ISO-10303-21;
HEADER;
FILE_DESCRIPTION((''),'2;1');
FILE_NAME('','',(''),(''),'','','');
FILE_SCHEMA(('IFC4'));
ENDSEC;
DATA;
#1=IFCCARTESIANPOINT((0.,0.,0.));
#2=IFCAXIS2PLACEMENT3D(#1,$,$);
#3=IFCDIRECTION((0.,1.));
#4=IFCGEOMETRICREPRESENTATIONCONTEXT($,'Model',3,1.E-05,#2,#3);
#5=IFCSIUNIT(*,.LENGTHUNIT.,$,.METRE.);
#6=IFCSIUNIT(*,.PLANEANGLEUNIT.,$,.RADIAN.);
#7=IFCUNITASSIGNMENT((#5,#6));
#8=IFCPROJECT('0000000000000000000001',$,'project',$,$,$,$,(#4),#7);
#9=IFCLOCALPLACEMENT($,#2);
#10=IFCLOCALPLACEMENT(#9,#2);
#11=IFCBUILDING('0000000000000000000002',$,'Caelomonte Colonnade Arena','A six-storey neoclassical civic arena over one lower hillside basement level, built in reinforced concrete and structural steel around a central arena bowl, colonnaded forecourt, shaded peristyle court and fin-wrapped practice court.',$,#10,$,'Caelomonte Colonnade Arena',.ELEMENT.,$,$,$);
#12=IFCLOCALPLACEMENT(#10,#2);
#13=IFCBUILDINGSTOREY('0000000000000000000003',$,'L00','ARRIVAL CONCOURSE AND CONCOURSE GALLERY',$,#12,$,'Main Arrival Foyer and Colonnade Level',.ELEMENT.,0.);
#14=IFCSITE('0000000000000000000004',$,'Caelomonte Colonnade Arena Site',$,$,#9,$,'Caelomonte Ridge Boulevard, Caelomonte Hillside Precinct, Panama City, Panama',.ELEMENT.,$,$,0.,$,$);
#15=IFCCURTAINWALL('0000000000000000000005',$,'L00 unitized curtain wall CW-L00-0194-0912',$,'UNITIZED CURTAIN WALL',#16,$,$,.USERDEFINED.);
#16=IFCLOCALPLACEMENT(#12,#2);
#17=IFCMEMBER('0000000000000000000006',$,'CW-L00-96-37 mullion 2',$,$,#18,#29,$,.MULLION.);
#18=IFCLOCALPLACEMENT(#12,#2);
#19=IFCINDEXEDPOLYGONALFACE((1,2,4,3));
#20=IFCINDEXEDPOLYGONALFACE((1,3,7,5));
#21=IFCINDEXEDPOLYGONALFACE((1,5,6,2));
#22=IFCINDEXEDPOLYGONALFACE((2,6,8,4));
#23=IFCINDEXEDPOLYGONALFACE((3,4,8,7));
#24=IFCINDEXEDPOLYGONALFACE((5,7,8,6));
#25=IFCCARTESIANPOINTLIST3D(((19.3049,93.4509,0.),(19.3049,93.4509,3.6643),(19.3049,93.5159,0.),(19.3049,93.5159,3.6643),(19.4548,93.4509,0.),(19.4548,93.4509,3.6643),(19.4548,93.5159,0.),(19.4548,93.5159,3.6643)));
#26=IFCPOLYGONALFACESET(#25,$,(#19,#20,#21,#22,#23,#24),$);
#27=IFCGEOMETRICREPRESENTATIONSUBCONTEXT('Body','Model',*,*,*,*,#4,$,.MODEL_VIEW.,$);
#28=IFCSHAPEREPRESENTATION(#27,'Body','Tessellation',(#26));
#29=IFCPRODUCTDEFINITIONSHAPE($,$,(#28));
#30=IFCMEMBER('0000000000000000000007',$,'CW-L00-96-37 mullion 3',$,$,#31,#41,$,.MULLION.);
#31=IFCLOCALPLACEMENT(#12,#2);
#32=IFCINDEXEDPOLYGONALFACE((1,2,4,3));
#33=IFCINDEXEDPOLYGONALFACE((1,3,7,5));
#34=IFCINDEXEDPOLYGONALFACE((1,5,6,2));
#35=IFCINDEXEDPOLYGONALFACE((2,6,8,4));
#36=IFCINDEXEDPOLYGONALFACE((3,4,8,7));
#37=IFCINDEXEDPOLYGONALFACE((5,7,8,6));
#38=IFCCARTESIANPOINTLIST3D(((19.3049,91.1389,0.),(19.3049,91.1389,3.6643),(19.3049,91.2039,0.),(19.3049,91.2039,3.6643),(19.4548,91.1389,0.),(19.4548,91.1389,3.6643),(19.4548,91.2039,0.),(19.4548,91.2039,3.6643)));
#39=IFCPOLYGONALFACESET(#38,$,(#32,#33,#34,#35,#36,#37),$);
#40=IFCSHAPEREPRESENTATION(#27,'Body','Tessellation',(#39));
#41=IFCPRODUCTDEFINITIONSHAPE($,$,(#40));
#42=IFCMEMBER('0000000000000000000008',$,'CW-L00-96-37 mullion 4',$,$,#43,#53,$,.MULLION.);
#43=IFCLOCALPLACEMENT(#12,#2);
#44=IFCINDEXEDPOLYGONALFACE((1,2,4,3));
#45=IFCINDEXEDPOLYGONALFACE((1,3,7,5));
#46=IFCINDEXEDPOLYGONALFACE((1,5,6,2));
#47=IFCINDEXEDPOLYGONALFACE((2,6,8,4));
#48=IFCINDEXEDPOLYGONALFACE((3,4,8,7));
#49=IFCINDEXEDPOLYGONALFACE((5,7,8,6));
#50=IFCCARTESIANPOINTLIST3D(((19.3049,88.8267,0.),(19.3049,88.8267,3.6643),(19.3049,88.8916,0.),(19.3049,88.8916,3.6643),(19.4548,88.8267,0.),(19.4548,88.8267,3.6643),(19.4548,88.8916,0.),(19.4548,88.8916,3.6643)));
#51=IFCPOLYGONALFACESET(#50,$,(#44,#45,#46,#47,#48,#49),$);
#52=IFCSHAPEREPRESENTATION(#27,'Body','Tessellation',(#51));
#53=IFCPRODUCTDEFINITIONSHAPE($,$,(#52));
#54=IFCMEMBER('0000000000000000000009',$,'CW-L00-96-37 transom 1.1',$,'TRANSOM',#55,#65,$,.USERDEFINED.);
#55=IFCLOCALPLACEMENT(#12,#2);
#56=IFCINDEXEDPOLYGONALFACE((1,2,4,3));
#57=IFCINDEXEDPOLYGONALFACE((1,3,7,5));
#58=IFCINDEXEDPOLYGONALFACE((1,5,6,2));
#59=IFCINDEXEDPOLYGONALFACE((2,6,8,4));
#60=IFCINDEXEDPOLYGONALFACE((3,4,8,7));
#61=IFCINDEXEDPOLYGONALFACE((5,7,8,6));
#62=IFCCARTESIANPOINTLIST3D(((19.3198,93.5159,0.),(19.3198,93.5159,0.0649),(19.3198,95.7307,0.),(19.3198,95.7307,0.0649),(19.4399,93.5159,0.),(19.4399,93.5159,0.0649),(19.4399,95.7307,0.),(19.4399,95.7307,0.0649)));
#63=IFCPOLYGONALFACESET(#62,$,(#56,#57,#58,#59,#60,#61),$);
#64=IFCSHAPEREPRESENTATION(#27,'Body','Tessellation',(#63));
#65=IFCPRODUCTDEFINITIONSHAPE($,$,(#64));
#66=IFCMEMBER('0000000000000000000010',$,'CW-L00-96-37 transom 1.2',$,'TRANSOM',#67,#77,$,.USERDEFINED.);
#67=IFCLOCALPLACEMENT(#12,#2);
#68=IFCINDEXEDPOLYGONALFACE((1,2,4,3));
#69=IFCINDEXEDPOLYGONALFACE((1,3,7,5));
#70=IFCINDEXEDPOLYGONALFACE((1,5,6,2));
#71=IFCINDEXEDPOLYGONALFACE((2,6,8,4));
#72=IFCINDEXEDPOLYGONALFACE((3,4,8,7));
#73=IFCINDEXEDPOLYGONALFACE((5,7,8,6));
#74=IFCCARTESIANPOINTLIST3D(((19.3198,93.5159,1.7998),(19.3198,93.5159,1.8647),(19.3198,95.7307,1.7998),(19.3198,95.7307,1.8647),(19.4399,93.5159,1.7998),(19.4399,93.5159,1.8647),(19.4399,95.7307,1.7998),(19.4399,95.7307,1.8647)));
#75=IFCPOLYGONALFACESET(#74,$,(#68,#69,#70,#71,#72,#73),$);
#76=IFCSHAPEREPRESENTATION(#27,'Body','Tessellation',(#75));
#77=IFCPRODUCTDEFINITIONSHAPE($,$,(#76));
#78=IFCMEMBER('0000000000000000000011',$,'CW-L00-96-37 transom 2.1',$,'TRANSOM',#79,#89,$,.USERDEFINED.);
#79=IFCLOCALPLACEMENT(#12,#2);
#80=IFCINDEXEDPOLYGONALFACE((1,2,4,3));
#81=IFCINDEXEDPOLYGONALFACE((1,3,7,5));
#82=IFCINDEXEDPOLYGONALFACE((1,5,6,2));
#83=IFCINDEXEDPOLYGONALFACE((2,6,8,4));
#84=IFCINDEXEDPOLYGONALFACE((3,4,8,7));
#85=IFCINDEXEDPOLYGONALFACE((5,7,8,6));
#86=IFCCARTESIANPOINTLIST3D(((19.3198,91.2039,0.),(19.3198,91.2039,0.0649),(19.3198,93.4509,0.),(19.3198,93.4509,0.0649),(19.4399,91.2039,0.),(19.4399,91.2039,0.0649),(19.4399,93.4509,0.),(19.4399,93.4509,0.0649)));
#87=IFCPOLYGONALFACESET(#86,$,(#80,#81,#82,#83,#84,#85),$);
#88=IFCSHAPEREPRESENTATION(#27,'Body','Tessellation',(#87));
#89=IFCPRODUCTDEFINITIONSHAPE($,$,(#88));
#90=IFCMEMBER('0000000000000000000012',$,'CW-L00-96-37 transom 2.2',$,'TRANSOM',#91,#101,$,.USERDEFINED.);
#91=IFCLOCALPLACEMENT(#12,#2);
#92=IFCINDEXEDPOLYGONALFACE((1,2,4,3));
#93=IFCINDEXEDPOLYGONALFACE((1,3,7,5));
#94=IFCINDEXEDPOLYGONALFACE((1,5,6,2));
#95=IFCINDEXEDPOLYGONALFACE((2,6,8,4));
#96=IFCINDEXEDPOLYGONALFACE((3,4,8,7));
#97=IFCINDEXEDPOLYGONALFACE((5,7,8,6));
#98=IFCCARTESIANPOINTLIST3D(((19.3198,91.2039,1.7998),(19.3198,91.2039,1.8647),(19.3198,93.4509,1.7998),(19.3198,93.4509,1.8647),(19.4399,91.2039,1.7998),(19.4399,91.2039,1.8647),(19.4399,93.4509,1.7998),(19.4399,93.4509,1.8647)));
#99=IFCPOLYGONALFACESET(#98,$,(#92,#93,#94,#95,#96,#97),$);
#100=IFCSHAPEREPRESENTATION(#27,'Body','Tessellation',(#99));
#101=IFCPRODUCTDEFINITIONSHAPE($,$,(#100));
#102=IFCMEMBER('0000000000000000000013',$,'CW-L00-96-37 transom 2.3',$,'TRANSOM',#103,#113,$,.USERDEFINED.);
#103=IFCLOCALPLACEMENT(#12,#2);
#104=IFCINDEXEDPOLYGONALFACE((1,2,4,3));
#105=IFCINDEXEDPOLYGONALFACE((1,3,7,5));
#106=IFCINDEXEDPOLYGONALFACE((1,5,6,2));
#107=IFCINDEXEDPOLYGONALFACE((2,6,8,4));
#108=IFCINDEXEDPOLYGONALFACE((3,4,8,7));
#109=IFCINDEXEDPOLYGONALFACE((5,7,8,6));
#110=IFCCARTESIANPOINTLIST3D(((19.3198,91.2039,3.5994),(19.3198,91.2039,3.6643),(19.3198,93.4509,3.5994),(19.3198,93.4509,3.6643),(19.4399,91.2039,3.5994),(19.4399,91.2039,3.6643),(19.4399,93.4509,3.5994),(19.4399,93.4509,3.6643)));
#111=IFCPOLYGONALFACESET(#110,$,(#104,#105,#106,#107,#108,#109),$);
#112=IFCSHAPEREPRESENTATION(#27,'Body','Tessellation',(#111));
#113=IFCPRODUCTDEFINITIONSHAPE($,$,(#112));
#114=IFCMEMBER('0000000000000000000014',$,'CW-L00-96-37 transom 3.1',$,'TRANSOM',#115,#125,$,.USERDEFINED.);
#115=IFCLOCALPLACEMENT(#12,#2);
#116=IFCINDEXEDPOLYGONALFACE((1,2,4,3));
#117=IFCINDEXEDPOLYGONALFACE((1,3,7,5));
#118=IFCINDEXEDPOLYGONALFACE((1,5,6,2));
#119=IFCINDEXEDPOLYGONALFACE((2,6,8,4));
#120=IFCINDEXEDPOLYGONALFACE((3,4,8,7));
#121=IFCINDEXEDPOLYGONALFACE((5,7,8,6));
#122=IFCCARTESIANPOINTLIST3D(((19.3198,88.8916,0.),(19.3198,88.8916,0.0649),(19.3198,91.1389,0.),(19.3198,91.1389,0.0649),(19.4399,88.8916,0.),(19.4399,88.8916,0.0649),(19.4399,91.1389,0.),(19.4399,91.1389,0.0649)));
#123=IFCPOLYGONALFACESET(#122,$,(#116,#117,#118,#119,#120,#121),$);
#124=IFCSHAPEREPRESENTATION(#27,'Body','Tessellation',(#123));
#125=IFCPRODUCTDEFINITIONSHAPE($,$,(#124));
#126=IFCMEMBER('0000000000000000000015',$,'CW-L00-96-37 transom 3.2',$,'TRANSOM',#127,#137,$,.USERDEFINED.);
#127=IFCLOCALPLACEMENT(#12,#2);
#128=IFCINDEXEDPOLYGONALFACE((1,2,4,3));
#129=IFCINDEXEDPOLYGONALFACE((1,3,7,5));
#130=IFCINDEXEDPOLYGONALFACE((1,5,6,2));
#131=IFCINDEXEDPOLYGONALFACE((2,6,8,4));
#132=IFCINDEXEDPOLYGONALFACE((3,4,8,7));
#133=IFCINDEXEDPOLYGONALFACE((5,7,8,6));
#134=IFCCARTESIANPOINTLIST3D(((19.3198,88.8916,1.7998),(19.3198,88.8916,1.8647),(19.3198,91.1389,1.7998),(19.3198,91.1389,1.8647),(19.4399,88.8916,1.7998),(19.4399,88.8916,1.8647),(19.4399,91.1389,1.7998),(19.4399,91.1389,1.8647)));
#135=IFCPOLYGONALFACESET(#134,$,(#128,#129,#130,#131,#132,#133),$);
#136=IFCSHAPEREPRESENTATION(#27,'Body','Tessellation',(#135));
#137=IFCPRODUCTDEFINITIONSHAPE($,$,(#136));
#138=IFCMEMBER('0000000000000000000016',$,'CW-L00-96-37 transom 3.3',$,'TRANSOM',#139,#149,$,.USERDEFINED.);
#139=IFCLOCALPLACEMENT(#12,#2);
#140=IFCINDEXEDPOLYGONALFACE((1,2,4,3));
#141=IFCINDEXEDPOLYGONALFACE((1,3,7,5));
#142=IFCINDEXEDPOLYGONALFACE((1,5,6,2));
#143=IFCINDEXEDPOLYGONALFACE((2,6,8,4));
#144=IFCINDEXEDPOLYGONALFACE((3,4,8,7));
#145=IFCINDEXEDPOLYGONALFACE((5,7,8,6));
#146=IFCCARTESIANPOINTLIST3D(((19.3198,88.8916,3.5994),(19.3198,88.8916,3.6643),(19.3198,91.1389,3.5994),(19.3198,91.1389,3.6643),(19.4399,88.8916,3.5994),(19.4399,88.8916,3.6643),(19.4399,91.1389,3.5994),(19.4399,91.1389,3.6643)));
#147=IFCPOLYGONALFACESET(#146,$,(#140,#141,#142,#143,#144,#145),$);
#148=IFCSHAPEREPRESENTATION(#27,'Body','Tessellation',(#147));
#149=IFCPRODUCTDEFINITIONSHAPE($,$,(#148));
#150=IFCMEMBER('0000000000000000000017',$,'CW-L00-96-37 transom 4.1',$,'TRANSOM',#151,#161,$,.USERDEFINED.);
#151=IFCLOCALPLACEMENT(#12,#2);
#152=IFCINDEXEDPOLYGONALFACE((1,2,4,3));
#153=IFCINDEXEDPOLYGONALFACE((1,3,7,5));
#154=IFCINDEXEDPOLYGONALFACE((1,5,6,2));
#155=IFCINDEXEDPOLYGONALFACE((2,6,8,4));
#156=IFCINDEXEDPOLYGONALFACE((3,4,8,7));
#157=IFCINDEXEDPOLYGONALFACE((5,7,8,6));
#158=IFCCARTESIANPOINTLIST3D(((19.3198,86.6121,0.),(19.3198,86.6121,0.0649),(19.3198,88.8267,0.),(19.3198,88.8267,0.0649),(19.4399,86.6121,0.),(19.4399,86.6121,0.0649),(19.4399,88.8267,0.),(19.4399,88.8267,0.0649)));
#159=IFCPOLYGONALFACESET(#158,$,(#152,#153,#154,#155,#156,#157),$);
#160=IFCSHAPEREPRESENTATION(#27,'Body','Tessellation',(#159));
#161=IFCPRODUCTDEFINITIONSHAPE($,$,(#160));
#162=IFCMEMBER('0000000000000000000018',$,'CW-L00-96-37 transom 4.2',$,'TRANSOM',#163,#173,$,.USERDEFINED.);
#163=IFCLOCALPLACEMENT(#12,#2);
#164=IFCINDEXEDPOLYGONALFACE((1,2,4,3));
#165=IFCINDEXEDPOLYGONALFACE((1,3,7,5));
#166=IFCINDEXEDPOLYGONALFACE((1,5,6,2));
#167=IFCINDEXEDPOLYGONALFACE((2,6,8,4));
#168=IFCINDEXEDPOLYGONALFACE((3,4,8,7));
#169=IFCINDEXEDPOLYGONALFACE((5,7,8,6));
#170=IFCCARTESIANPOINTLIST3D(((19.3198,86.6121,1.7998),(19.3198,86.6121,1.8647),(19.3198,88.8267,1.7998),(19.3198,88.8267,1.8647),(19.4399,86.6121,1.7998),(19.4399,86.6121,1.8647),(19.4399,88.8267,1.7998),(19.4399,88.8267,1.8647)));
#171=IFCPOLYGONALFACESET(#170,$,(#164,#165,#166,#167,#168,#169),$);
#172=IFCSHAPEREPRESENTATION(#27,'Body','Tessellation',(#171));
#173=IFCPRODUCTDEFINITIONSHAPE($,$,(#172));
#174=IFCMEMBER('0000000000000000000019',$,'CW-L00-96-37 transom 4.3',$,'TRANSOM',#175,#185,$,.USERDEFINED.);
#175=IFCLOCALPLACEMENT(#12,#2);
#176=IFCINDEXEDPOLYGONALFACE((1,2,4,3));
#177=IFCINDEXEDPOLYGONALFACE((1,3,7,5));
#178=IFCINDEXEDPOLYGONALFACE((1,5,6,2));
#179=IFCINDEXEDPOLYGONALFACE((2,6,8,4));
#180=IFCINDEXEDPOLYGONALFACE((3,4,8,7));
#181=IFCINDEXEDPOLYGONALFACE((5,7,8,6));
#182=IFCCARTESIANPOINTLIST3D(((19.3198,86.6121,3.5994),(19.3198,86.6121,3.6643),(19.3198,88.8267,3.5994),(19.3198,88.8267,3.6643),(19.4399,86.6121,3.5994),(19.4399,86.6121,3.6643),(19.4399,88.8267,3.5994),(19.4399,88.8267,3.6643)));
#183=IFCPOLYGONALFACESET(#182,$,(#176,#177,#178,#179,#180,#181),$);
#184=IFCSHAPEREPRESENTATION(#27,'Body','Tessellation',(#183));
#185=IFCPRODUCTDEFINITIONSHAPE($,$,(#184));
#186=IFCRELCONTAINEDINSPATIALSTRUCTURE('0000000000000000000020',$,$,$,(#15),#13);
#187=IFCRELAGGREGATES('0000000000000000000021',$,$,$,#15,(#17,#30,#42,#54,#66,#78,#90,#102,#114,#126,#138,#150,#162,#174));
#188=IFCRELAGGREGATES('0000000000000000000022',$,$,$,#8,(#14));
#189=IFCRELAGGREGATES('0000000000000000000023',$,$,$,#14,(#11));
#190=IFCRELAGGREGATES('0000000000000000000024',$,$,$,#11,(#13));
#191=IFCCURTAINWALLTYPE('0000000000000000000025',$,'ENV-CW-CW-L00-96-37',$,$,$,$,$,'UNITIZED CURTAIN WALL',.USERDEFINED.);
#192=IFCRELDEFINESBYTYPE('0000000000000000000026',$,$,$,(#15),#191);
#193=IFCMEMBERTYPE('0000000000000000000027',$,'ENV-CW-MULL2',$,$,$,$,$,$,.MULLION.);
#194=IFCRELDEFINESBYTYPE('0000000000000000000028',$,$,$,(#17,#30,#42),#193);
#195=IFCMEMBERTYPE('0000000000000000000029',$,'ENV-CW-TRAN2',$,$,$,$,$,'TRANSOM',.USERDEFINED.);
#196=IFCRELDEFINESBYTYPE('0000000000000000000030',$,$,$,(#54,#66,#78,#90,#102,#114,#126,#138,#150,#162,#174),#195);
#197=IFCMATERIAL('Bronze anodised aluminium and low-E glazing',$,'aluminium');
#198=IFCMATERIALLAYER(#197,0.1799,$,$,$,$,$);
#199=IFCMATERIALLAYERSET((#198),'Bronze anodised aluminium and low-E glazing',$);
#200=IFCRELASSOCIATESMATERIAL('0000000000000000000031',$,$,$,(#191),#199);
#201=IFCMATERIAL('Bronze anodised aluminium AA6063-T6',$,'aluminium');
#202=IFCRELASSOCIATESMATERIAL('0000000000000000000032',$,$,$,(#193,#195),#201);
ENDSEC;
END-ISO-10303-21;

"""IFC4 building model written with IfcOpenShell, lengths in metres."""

from ifc_helpers import new_model, si_unit, direction, frame, origin, origin_2d, place, context, subcontext, project, spatial, rectangle, extrude, material, layer, layer_set, material_profile, profile_set, type_object, element, aggregate, save


model = new_model("IFC4")

# Units and contexts
model_context = context("Model", 3, precision=1e-05, world=origin(), true_north=direction((0.0, 1.0)))
body_context = subcontext(model_context, "Body", "Model", "MODEL_VIEW")
ifc_project = project(units=[si_unit("LENGTHUNIT", "METRE"), si_unit("PLANEANGLEUNIT", "RADIAN")], contexts=[model_context])

# Site, building, storey
site_placement = place(None, origin())
site = spatial("IfcSite", under=ifc_project, at=site_placement, Name="Caelomonte Colonnade Arena Site", LongName="Caelomonte Ridge Boulevard, Caelomonte Hillside Precinct, Panama City, Panama", CompositionType="ELEMENT", RefElevation=0.0)
building_placement = place(site_placement, origin())
building = spatial("IfcBuilding", under=site, at=building_placement, Name="Caelomonte Colonnade Arena", Description="A six-storey neoclassical civic arena over one lower hillside basement level, built in reinforced concrete and structural steel around a central arena bowl, colonnaded forecourt, shaded peristyle court and fin-wrapped practice court.", LongName="Caelomonte Colonnade Arena", CompositionType="ELEMENT")
storey_placement = place(building_placement, origin())
storey = spatial("IfcBuildingStorey", under=building, at=storey_placement, Name="L00", Description="ARRIVAL CONCOURSE AND CONCOURSE GALLERY", LongName="Main Arrival Foyer and Colonnade Level", CompositionType="ELEMENT", Elevation=0.0)

# Curtain wall, members
ifc_material_1 = material(Name="Bronze anodised aluminium and low-E glazing", Category="aluminium")
ifc_layer_1 = layer(ifc_material_1, 0.1799)
ifc_layer_set_1 = layer_set([ifc_layer_1], Name="Bronze anodised aluminium and low-E glazing")
curtain_wall_type = type_object("IfcCurtainWallType", Name="ENV-CW-CW-L00-96-37", ElementType="UNITIZED CURTAIN WALL", PredefinedType="USERDEFINED", material=ifc_layer_set_1)
curtain_wall_placement = place(storey_placement, origin())
curtain_wall = element("IfcCurtainWall", 1, at=curtain_wall_placement, inside=storey, type_object=curtain_wall_type, Name="L00 unitized curtain wall CW-L00-0194-0912", ObjectType="UNITIZED CURTAIN WALL", PredefinedType="USERDEFINED")
ifc_material_2 = material(Name="Bronze anodised aluminium AA6063-T6", Category="aluminium")
ifc_material_profile_1 = material_profile(ifc_material_2, rectangle(XDim=0.0649, YDim=0.1499, at=origin_2d()), Name="CWM-65X150")
ifc_profile_set_1 = profile_set([ifc_material_profile_1], Name="Bronze anodised aluminium AA6063-T6")
member_type_1 = type_object("IfcMemberType", Name="ENV-CW-MULL2", PredefinedType="MULLION", material=ifc_profile_set_1)
member_1_placement = place(storey_placement, frame((19.3799, 93.4834, 0.0), z_axis=(0.0, 0.0, 1.0), x_axis=(0.0, -1.0, 0.0)))
member_1 = element("IfcMember", 2, at=member_1_placement, type_object=member_type_1, Name="CW-L00-96-37 mullion 2", PredefinedType="MULLION", context=body_context, shape_type="SweptSolid", body=[
    extrude(rectangle(XDim=0.0649, YDim=0.1499, at=origin_2d()), origin(), (0.0, 0.0, 1.0), 3.6643),
])
member_2_placement = place(storey_placement, frame((19.3799, 91.1714, 0.0), z_axis=(0.0, 0.0, 1.0), x_axis=(0.0, -1.0, 0.0)))
member_2 = element("IfcMember", 3, at=member_2_placement, type_object=member_type_1, Name="CW-L00-96-37 mullion 3", PredefinedType="MULLION", context=body_context, shape_type="SweptSolid", body=[
    extrude(rectangle(XDim=0.0649, YDim=0.1499, at=origin_2d()), origin(), (0.0, 0.0, 1.0), 3.6643),
])
member_3_placement = place(storey_placement, frame((19.3799, 88.8591, 0.0), z_axis=(0.0, 0.0, 1.0), x_axis=(0.0, -1.0, 0.0)))
member_3 = element("IfcMember", 4, at=member_3_placement, type_object=member_type_1, Name="CW-L00-96-37 mullion 4", PredefinedType="MULLION", context=body_context, shape_type="SweptSolid", body=[
    extrude(rectangle(XDim=0.0649, YDim=0.1499, at=origin_2d()), origin(), (0.0, 0.0, 1.0), 3.6643),
])
ifc_material_profile_2 = material_profile(ifc_material_2, rectangle(XDim=0.0649, YDim=0.1201, at=origin_2d()), Name="CWT-65X120")
ifc_profile_set_2 = profile_set([ifc_material_profile_2], Name="Bronze anodised aluminium AA6063-T6")
member_type_2 = type_object("IfcMemberType", Name="ENV-CW-TRAN2", ElementType="TRANSOM", PredefinedType="USERDEFINED", material=ifc_profile_set_2)
member_4_placement = place(storey_placement, frame((19.3799, 95.7307, 0.0325), z_axis=(0.0, -1.0, 0.0), x_axis=(0.0, 0.0, 1.0)))
member_4 = element("IfcMember", 5, at=member_4_placement, type_object=member_type_2, Name="CW-L00-96-37 transom 1.1", ObjectType="TRANSOM", PredefinedType="USERDEFINED", context=body_context, shape_type="SweptSolid", body=[
    extrude(rectangle(XDim=0.0649, YDim=0.1201, at=origin_2d()), origin(), (0.0, 0.0, 1.0), 2.2148),
])
member_5_placement = place(storey_placement, frame((19.3799, 95.7307, 1.8323), z_axis=(0.0, -1.0, 0.0), x_axis=(0.0, 0.0, 1.0)))
member_5 = element("IfcMember", 6, at=member_5_placement, type_object=member_type_2, Name="CW-L00-96-37 transom 1.2", ObjectType="TRANSOM", PredefinedType="USERDEFINED", context=body_context, shape_type="SweptSolid", body=[
    extrude(rectangle(XDim=0.0649, YDim=0.1201, at=origin_2d()), origin(), (0.0, 0.0, 1.0), 2.2148),
])
member_6_placement = place(storey_placement, frame((19.3799, 93.4509, 0.0325), z_axis=(0.0, -1.0, 0.0), x_axis=(0.0, 0.0, 1.0)))
member_6 = element("IfcMember", 7, at=member_6_placement, type_object=member_type_2, Name="CW-L00-96-37 transom 2.1", ObjectType="TRANSOM", PredefinedType="USERDEFINED", context=body_context, shape_type="SweptSolid", body=[
    extrude(rectangle(XDim=0.0649, YDim=0.1201, at=origin_2d()), origin(), (0.0, 0.0, 1.0), 2.2471),
])
member_7_placement = place(storey_placement, frame((19.3799, 93.4509, 1.8323), z_axis=(0.0, -1.0, 0.0), x_axis=(0.0, 0.0, 1.0)))
member_7 = element("IfcMember", 8, at=member_7_placement, type_object=member_type_2, Name="CW-L00-96-37 transom 2.2", ObjectType="TRANSOM", PredefinedType="USERDEFINED", context=body_context, shape_type="SweptSolid", body=[
    extrude(rectangle(XDim=0.0649, YDim=0.1201, at=origin_2d()), origin(), (0.0, 0.0, 1.0), 2.2471),
])
member_8_placement = place(storey_placement, frame((19.3799, 93.4509, 3.6318), z_axis=(0.0, -1.0, 0.0), x_axis=(0.0, 0.0, 1.0)))
member_8 = element("IfcMember", 9, at=member_8_placement, type_object=member_type_2, Name="CW-L00-96-37 transom 2.3", ObjectType="TRANSOM", PredefinedType="USERDEFINED", context=body_context, shape_type="SweptSolid", body=[
    extrude(rectangle(XDim=0.0649, YDim=0.1201, at=origin_2d()), origin(), (0.0, 0.0, 1.0), 2.2471),
])
member_9_placement = place(storey_placement, frame((19.3799, 91.1389, 0.0325), z_axis=(0.0, -1.0, 0.0), x_axis=(0.0, 0.0, 1.0)))
member_9 = element("IfcMember", 10, at=member_9_placement, type_object=member_type_2, Name="CW-L00-96-37 transom 3.1", ObjectType="TRANSOM", PredefinedType="USERDEFINED", context=body_context, shape_type="SweptSolid", body=[
    extrude(rectangle(XDim=0.0649, YDim=0.1201, at=origin_2d()), origin(), (0.0, 0.0, 1.0), 2.2473),
])
member_10_placement = place(storey_placement, frame((19.3799, 91.1389, 1.8323), z_axis=(0.0, -1.0, 0.0), x_axis=(0.0, 0.0, 1.0)))
member_10 = element("IfcMember", 11, at=member_10_placement, type_object=member_type_2, Name="CW-L00-96-37 transom 3.2", ObjectType="TRANSOM", PredefinedType="USERDEFINED", context=body_context, shape_type="SweptSolid", body=[
    extrude(rectangle(XDim=0.0649, YDim=0.1201, at=origin_2d()), origin(), (0.0, 0.0, 1.0), 2.2473),
])
member_11_placement = place(storey_placement, frame((19.3799, 91.1389, 3.6318), z_axis=(0.0, -1.0, 0.0), x_axis=(0.0, 0.0, 1.0)))
member_11 = element("IfcMember", 12, at=member_11_placement, type_object=member_type_2, Name="CW-L00-96-37 transom 3.3", ObjectType="TRANSOM", PredefinedType="USERDEFINED", context=body_context, shape_type="SweptSolid", body=[
    extrude(rectangle(XDim=0.0649, YDim=0.1201, at=origin_2d()), origin(), (0.0, 0.0, 1.0), 2.2473),
])
member_12_placement = place(storey_placement, frame((19.3799, 88.8267, 0.0325), z_axis=(0.0, -1.0, 0.0), x_axis=(0.0, 0.0, 1.0)))
member_12 = element("IfcMember", 13, at=member_12_placement, type_object=member_type_2, Name="CW-L00-96-37 transom 4.1", ObjectType="TRANSOM", PredefinedType="USERDEFINED", context=body_context, shape_type="SweptSolid", body=[
    extrude(rectangle(XDim=0.0649, YDim=0.1201, at=origin_2d()), origin(), (0.0, 0.0, 1.0), 2.2146),
])
member_13_placement = place(storey_placement, frame((19.3799, 88.8267, 1.8323), z_axis=(0.0, -1.0, 0.0), x_axis=(0.0, 0.0, 1.0)))
member_13 = element("IfcMember", 14, at=member_13_placement, type_object=member_type_2, Name="CW-L00-96-37 transom 4.2", ObjectType="TRANSOM", PredefinedType="USERDEFINED", context=body_context, shape_type="SweptSolid", body=[
    extrude(rectangle(XDim=0.0649, YDim=0.1201, at=origin_2d()), origin(), (0.0, 0.0, 1.0), 2.2146),
])
member_14_placement = place(storey_placement, frame((19.3799, 88.8267, 3.6318), z_axis=(0.0, -1.0, 0.0), x_axis=(0.0, 0.0, 1.0)))
member_14 = element("IfcMember", 15, at=member_14_placement, type_object=member_type_2, Name="CW-L00-96-37 transom 4.3", ObjectType="TRANSOM", PredefinedType="USERDEFINED", context=body_context, shape_type="SweptSolid", body=[
    extrude(rectangle(XDim=0.0649, YDim=0.1201, at=origin_2d()), origin(), (0.0, 0.0, 1.0), 2.2146),
])

aggregate(curtain_wall, [member_1, member_2, member_3, member_4, member_5, member_6, member_7, member_8, member_9, member_10, member_11, member_12, member_13, member_14])

save(model, "model.ifc")
